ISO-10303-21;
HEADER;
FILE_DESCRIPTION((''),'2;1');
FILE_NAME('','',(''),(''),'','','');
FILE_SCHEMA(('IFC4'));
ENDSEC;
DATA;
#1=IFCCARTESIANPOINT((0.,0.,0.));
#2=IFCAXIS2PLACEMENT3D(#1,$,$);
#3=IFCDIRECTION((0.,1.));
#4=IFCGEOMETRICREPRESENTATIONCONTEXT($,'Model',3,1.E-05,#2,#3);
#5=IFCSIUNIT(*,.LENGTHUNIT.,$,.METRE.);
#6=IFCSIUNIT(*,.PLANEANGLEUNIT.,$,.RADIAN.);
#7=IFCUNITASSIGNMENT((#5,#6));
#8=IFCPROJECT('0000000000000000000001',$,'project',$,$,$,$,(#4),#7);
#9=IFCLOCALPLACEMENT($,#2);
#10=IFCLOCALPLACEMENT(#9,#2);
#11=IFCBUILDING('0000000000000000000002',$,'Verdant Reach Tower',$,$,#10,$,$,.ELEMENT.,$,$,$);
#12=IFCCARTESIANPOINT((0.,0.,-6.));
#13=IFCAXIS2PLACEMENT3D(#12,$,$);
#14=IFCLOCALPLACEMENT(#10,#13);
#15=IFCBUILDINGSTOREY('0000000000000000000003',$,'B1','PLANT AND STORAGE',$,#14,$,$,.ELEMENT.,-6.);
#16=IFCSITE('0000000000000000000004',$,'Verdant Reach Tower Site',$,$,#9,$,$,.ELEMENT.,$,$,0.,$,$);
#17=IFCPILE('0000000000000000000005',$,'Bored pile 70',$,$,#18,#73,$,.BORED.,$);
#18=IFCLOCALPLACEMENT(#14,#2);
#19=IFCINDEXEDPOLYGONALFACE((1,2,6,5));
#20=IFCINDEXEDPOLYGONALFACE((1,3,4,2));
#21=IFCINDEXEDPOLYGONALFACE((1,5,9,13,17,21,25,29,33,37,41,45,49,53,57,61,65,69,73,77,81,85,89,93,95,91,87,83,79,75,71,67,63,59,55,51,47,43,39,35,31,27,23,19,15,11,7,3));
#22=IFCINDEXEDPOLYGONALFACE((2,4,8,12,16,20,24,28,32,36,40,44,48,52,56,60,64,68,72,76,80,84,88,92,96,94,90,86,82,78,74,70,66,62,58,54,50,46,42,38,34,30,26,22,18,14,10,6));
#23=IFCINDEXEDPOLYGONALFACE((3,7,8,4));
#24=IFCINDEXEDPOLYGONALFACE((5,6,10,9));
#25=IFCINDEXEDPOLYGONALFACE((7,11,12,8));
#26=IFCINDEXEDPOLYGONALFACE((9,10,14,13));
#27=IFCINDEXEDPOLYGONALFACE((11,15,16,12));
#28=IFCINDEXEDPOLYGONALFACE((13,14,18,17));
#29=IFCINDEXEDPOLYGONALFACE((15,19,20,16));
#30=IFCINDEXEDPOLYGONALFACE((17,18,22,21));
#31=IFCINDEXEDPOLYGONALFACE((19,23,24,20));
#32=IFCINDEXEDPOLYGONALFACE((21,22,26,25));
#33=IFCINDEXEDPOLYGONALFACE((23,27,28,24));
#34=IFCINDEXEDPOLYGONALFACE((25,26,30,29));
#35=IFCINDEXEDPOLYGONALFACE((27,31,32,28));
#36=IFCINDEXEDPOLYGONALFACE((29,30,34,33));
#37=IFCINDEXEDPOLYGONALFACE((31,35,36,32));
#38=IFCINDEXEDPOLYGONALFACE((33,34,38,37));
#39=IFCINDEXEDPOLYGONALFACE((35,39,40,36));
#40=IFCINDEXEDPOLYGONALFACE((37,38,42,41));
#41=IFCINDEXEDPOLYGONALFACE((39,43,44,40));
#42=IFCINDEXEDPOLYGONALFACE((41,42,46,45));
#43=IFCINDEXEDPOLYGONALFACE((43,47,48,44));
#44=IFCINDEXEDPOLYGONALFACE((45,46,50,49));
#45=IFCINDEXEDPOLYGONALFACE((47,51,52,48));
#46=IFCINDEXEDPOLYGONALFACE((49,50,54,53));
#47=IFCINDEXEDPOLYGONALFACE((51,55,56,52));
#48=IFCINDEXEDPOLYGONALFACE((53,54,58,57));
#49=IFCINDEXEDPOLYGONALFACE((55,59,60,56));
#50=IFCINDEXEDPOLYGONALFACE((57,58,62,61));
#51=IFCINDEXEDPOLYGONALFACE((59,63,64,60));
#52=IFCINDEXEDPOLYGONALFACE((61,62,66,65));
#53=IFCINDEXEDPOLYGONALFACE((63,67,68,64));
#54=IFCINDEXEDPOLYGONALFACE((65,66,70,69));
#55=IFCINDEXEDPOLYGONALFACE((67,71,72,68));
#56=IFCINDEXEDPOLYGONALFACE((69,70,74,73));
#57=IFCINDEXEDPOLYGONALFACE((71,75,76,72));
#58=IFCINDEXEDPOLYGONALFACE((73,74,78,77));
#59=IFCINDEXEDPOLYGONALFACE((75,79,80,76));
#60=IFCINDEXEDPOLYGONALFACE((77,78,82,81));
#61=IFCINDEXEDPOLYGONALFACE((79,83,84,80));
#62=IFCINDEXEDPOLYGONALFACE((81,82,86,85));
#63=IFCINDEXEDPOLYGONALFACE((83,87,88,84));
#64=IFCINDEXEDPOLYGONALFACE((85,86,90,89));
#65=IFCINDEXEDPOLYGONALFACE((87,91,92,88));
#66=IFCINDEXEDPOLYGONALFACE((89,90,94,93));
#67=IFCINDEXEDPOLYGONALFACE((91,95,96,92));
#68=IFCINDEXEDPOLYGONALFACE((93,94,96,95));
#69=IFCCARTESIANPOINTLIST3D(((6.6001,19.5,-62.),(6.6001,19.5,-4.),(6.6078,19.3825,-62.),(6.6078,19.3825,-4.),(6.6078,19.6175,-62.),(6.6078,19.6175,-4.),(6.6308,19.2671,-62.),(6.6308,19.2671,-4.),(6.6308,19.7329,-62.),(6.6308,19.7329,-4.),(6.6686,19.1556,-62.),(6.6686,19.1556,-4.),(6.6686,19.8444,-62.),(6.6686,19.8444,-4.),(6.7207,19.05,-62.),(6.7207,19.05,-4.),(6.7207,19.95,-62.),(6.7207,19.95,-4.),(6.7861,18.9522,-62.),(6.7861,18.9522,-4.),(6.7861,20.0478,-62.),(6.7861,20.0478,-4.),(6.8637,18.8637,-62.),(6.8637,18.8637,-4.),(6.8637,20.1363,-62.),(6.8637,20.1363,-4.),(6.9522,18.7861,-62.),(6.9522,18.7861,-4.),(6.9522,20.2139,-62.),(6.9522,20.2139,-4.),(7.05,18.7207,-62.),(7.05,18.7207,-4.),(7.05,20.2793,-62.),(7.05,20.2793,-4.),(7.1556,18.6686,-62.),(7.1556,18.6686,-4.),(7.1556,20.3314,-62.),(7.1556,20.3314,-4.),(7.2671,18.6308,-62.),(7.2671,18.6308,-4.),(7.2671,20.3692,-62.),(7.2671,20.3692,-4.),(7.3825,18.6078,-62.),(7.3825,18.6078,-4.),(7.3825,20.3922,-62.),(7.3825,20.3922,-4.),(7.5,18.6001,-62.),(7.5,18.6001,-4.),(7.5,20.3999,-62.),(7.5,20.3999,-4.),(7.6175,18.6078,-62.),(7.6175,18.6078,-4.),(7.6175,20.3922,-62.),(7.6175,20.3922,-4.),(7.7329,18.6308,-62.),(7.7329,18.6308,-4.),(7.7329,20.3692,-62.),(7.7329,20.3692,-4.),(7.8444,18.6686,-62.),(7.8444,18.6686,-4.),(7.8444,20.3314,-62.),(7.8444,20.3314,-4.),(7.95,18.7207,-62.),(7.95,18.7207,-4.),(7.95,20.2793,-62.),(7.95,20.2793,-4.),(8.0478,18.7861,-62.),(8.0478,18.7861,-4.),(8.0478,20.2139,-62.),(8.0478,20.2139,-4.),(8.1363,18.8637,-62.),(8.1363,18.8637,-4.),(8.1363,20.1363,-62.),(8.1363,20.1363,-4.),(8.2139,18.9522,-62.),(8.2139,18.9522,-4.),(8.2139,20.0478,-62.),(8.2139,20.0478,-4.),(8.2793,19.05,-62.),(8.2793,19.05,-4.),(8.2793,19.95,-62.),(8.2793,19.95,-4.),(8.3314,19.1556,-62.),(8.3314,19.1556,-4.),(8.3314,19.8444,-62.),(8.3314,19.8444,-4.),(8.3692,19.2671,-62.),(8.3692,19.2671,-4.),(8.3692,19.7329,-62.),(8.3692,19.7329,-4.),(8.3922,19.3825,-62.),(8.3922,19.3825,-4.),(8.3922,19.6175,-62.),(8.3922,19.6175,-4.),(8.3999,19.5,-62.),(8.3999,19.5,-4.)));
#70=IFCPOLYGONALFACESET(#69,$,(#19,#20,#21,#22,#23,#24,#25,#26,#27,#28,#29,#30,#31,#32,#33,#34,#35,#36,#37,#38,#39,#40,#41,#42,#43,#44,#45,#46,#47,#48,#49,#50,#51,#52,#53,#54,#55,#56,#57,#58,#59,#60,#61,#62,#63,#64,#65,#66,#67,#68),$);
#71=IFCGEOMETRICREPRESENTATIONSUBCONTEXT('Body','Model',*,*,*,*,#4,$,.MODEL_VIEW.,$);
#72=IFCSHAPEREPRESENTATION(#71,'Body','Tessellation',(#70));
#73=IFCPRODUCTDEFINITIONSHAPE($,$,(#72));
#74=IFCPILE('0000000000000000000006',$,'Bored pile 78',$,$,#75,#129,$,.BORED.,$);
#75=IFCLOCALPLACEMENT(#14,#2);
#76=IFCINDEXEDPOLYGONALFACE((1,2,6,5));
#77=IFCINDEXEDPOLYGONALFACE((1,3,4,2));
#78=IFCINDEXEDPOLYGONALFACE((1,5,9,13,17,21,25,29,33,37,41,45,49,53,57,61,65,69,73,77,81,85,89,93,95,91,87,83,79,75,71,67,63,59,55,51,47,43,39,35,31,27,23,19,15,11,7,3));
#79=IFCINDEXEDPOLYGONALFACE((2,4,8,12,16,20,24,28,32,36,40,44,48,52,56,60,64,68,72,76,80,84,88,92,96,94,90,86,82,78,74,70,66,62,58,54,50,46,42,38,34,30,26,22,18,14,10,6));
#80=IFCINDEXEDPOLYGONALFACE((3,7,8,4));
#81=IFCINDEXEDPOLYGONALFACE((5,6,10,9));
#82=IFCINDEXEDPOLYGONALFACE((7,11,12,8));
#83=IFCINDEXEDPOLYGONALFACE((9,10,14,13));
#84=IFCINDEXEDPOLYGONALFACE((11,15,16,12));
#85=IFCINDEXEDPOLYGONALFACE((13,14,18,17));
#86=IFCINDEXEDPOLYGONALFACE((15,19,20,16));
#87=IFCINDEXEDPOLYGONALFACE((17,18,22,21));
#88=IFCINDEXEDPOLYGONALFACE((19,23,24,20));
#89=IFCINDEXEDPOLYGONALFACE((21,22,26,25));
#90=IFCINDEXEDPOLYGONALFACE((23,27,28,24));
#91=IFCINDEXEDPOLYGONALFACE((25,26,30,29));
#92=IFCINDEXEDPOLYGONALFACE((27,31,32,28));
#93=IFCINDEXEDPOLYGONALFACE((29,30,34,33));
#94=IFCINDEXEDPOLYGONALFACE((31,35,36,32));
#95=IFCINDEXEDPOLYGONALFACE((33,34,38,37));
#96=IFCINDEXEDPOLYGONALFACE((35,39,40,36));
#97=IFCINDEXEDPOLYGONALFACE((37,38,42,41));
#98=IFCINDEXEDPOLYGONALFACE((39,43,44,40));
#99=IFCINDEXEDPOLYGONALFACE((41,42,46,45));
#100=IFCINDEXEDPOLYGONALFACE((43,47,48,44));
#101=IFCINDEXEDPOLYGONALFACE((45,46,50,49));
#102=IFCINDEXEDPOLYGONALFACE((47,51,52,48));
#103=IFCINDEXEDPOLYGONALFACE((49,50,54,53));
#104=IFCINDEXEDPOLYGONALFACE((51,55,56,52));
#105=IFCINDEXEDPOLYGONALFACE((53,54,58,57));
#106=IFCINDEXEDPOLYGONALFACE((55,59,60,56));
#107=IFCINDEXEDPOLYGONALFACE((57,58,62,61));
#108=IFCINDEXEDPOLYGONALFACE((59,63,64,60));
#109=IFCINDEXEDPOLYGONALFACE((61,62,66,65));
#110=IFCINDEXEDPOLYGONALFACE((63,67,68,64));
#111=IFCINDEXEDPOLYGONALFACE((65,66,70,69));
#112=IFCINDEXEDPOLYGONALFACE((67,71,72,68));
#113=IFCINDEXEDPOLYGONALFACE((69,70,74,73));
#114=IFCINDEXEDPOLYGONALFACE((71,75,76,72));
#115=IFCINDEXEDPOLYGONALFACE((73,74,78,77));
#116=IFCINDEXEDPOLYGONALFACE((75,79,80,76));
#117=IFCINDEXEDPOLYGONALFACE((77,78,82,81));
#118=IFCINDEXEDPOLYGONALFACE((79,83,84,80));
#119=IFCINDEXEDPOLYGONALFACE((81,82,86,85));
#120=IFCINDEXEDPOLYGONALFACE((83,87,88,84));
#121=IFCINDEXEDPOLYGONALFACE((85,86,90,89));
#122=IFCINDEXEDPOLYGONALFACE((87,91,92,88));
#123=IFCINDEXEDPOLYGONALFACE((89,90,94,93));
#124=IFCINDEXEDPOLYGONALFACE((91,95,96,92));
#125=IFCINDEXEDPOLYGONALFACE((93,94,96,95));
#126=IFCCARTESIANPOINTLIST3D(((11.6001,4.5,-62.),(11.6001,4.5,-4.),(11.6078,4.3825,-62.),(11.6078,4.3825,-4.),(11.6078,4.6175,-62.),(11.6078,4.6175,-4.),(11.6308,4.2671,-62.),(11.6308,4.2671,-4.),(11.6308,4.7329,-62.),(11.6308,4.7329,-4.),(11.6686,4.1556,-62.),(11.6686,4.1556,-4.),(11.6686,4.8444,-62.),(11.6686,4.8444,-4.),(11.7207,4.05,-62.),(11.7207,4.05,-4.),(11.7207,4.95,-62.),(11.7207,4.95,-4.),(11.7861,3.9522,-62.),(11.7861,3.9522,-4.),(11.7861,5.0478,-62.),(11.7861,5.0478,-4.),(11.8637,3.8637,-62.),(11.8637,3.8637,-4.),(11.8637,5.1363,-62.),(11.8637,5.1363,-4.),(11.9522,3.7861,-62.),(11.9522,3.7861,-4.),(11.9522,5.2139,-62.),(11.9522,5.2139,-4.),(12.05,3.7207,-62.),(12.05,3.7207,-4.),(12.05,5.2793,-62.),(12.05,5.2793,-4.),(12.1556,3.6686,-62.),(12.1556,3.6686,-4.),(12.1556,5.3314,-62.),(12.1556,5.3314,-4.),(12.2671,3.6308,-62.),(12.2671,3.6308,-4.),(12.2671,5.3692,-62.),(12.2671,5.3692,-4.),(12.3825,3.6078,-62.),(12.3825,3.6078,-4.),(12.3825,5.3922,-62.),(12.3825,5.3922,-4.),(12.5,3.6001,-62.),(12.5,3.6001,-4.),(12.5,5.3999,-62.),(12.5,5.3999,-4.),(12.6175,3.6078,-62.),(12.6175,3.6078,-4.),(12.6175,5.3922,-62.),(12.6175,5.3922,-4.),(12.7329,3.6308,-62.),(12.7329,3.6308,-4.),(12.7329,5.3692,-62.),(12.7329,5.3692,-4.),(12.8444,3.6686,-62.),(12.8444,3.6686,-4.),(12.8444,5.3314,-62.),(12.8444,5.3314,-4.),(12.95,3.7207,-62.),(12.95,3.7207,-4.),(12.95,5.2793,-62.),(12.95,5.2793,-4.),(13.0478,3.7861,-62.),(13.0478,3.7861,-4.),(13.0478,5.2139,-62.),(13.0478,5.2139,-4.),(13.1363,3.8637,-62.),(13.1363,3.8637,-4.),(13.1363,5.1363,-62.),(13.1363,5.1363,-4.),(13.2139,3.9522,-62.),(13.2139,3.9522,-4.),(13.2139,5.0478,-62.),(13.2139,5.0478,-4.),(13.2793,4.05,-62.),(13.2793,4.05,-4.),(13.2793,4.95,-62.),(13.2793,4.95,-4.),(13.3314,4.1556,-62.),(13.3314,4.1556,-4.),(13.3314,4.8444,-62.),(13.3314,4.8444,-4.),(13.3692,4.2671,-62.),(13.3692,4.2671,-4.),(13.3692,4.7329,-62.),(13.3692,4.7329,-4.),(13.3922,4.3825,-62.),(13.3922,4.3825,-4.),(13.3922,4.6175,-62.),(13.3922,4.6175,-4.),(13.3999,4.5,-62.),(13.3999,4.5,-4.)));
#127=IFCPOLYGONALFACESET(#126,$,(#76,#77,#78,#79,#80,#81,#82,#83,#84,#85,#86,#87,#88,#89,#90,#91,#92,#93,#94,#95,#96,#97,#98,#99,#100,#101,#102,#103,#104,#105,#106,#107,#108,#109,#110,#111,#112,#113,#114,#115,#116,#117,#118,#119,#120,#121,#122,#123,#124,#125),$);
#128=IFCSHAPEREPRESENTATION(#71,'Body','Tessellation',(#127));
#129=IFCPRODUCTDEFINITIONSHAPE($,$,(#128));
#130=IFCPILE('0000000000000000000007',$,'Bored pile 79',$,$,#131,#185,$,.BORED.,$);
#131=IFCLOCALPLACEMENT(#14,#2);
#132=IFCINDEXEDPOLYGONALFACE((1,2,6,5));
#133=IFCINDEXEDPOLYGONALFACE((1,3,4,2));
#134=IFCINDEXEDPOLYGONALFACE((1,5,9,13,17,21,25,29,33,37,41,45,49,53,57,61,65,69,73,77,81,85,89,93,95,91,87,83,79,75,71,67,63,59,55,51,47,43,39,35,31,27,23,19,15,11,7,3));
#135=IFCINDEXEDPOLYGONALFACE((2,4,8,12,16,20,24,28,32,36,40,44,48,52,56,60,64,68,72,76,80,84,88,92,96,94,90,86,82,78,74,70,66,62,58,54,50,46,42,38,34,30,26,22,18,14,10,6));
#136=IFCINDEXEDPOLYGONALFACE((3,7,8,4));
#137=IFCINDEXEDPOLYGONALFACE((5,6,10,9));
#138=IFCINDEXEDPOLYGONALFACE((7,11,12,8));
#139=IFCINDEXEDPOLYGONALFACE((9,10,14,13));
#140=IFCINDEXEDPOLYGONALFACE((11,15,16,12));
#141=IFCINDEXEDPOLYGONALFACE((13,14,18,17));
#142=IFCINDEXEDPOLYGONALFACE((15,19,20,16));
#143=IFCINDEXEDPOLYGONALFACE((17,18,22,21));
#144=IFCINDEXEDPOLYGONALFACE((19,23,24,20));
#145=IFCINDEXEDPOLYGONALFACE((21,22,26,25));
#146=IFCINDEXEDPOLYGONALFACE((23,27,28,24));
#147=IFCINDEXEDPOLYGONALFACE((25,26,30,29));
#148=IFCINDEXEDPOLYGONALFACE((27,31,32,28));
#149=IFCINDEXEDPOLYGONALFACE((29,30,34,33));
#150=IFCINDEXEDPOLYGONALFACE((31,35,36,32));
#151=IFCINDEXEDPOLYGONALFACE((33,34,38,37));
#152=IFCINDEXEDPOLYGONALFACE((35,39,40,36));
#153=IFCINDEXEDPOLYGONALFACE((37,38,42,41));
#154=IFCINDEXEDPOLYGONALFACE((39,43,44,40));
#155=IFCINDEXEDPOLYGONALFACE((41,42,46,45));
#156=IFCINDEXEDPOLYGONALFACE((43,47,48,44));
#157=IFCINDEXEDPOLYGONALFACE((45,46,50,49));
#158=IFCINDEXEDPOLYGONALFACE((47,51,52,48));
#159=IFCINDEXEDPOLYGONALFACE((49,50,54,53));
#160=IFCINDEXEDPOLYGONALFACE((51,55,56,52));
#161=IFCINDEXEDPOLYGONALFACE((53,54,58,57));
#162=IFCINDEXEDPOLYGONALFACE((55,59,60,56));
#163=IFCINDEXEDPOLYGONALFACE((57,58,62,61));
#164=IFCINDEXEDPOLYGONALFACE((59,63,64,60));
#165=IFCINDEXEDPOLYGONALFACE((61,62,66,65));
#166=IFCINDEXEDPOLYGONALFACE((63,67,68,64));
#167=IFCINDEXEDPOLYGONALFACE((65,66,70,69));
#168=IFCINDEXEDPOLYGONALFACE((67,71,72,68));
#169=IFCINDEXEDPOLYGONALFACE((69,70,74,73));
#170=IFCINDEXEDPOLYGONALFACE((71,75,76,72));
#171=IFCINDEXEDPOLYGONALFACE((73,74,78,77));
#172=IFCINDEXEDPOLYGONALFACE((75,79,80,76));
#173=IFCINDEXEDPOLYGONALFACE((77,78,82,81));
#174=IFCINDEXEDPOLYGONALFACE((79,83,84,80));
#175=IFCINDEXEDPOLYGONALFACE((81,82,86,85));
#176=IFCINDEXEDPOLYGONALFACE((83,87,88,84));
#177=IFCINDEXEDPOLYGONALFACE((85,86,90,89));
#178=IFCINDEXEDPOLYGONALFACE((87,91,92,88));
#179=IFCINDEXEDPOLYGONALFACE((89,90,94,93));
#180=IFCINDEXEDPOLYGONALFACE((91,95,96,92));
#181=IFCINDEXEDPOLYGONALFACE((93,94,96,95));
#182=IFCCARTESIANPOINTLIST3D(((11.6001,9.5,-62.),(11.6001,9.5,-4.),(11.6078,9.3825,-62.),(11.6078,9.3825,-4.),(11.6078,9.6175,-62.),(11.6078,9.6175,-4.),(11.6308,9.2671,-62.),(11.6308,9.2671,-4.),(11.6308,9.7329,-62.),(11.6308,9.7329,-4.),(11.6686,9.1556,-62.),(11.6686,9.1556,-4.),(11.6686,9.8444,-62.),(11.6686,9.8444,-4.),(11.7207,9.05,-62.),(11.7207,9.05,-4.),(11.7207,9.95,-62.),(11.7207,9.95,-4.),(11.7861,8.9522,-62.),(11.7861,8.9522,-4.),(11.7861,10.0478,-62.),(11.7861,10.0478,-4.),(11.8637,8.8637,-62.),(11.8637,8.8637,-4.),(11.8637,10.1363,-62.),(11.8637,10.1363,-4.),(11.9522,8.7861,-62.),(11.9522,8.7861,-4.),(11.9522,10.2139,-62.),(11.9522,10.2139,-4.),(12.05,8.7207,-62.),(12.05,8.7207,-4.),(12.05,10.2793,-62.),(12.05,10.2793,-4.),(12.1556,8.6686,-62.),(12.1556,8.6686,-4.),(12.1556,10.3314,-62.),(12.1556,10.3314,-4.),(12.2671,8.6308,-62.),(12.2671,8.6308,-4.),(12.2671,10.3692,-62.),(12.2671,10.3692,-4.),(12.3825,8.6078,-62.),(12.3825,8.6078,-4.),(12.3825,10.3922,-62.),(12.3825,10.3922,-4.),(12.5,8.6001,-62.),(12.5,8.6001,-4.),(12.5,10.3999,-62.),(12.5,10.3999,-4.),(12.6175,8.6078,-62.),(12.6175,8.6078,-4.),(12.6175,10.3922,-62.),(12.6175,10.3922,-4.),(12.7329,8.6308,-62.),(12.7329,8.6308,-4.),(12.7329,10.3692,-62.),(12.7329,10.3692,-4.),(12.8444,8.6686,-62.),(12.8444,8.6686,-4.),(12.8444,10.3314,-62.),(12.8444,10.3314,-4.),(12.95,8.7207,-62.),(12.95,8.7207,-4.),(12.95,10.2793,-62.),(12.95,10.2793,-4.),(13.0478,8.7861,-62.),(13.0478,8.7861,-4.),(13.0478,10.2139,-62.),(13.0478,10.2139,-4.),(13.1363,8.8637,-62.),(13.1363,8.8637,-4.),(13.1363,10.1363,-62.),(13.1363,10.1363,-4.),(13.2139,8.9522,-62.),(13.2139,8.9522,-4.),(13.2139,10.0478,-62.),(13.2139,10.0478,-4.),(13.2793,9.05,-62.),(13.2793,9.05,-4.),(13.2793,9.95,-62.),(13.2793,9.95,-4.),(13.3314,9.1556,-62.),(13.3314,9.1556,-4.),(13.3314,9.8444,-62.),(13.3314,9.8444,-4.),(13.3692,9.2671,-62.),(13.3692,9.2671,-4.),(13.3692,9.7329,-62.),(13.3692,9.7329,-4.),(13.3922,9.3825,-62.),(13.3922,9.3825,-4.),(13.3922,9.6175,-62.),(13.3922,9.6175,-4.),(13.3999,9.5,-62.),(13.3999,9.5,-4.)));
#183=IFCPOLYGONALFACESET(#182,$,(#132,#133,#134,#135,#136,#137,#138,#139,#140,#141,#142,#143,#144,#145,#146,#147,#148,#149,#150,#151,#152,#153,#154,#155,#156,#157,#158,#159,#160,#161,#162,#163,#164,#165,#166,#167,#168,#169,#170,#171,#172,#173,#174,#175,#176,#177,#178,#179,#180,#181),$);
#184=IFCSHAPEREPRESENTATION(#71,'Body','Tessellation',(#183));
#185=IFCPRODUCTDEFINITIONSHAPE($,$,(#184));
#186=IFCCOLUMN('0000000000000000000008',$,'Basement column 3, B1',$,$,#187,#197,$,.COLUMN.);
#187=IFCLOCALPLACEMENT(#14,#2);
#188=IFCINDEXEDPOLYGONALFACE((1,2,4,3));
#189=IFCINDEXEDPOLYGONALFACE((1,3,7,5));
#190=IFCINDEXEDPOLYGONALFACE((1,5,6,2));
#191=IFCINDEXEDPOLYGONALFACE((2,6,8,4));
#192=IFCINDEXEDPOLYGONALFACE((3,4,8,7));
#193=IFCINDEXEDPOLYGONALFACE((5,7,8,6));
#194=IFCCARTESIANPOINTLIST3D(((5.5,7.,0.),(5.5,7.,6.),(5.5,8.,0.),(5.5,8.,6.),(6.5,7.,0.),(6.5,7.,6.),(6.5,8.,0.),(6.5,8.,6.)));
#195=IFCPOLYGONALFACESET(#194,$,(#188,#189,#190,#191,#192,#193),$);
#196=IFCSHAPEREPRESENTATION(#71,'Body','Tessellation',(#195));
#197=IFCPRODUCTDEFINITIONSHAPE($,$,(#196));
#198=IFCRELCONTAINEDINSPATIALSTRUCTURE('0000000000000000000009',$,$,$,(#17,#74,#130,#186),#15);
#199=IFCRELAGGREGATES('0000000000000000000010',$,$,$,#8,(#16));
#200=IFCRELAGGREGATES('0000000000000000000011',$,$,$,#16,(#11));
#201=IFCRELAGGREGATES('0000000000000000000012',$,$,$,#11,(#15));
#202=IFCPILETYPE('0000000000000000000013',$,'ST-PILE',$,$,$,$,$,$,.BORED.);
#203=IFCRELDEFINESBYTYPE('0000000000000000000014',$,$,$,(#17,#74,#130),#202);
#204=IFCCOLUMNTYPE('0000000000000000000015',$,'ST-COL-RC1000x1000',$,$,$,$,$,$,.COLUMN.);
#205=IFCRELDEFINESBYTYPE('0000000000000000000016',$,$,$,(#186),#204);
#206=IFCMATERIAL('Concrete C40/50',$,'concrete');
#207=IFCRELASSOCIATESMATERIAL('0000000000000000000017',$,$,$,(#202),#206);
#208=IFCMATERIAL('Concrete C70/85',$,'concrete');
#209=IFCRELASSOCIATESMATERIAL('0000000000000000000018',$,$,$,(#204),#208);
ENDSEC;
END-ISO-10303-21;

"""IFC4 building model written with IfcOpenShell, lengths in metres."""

from ifc_helpers import new_model, si_unit, direction, frame, origin, origin_2d, place, context, subcontext, project, spatial, rectangle, circle, extrude, material, material_profile, profile_set, type_object, element, save


model = new_model("IFC4")

# Units and contexts
model_context = context("Model", 3, precision=1e-05, world=origin(), true_north=direction((0.0, 1.0)))
body_context = subcontext(model_context, "Body", "Model", "MODEL_VIEW")
ifc_project = project(units=[si_unit("LENGTHUNIT", "METRE"), si_unit("PLANEANGLEUNIT", "RADIAN")], contexts=[model_context])

# Site, building, storey
site_placement = place(None, origin())
site = spatial("IfcSite", under=ifc_project, at=site_placement, Name="Verdant Reach Tower Site", CompositionType="ELEMENT", RefElevation=0.0)
building_placement = place(site_placement, origin())
building = spatial("IfcBuilding", under=site, at=building_placement, Name="Verdant Reach Tower", CompositionType="ELEMENT")
storey_placement = place(building_placement, frame((0.0, 0.0, -6.0)))
storey = spatial("IfcBuildingStorey", under=building, at=storey_placement, Name="B1", Description="PLANT AND STORAGE", CompositionType="ELEMENT", Elevation=-6.0)

# Piles
ifc_material_1 = material(Name="Concrete C40/50", Category="concrete")
ifc_material_profile_1 = material_profile(ifc_material_1, circle(Radius=0.8999, at=origin_2d()), Name="BP 1800")
ifc_profile_set_1 = profile_set([ifc_material_profile_1], Name="Concrete C40/50")
pile_type = type_object("IfcPileType", Name="ST-PILE", PredefinedType="BORED", material=ifc_profile_set_1)
for number, where, z_axis, x_axis, name in (
    (1, (7.5, 19.5, -4.0), (0.0, 0.0, -1.0), (1.0, 0.0, 0.0), "Bored pile 70"),
    (2, (12.5, 4.5, -4.0), (0.0, 0.0, -1.0), (1.0, 0.0, 0.0), "Bored pile 78"),
    (3, (12.5, 9.5, -4.0), (0.0, 0.0, -1.0), (1.0, 0.0, 0.0), "Bored pile 79"),
):
    element("IfcPile", number, at=place(storey_placement, frame(where, z_axis=z_axis, x_axis=x_axis)), inside=storey, type_object=pile_type, Name=name, PredefinedType="BORED", context=body_context, shape_type="SweptSolid", body=[
        extrude(circle(Radius=0.8999, at=origin_2d()), origin(), (0.0, 0.0, 1.0), 58.0),
    ])

# Column
ifc_material_2 = material(Name="Concrete C70/85", Category="concrete")
ifc_material_profile_2 = material_profile(ifc_material_2, rectangle(XDim=1.0, YDim=1.0, at=origin_2d()), Name="RC 1000x1000")
ifc_profile_set_2 = profile_set([ifc_material_profile_2], Name="Concrete C70/85")
column_type = type_object("IfcColumnType", Name="ST-COL-RC1000x1000", PredefinedType="COLUMN", material=ifc_profile_set_2)
column_placement = place(storey_placement, frame((6.0, 7.5, 0.0), z_axis=(0.0, 0.0, 1.0), x_axis=(1.0, 0.0, 0.0)))
element("IfcColumn", 4, at=column_placement, inside=storey, type_object=column_type, Name="Basement column 3, B1", PredefinedType="COLUMN", context=body_context, shape_type="SweptSolid", body=[
    extrude(rectangle(XDim=1.0, YDim=1.0, at=origin_2d()), origin(), (0.0, 0.0, 1.0), 6.0),
])

save(model, "model.ifc")
